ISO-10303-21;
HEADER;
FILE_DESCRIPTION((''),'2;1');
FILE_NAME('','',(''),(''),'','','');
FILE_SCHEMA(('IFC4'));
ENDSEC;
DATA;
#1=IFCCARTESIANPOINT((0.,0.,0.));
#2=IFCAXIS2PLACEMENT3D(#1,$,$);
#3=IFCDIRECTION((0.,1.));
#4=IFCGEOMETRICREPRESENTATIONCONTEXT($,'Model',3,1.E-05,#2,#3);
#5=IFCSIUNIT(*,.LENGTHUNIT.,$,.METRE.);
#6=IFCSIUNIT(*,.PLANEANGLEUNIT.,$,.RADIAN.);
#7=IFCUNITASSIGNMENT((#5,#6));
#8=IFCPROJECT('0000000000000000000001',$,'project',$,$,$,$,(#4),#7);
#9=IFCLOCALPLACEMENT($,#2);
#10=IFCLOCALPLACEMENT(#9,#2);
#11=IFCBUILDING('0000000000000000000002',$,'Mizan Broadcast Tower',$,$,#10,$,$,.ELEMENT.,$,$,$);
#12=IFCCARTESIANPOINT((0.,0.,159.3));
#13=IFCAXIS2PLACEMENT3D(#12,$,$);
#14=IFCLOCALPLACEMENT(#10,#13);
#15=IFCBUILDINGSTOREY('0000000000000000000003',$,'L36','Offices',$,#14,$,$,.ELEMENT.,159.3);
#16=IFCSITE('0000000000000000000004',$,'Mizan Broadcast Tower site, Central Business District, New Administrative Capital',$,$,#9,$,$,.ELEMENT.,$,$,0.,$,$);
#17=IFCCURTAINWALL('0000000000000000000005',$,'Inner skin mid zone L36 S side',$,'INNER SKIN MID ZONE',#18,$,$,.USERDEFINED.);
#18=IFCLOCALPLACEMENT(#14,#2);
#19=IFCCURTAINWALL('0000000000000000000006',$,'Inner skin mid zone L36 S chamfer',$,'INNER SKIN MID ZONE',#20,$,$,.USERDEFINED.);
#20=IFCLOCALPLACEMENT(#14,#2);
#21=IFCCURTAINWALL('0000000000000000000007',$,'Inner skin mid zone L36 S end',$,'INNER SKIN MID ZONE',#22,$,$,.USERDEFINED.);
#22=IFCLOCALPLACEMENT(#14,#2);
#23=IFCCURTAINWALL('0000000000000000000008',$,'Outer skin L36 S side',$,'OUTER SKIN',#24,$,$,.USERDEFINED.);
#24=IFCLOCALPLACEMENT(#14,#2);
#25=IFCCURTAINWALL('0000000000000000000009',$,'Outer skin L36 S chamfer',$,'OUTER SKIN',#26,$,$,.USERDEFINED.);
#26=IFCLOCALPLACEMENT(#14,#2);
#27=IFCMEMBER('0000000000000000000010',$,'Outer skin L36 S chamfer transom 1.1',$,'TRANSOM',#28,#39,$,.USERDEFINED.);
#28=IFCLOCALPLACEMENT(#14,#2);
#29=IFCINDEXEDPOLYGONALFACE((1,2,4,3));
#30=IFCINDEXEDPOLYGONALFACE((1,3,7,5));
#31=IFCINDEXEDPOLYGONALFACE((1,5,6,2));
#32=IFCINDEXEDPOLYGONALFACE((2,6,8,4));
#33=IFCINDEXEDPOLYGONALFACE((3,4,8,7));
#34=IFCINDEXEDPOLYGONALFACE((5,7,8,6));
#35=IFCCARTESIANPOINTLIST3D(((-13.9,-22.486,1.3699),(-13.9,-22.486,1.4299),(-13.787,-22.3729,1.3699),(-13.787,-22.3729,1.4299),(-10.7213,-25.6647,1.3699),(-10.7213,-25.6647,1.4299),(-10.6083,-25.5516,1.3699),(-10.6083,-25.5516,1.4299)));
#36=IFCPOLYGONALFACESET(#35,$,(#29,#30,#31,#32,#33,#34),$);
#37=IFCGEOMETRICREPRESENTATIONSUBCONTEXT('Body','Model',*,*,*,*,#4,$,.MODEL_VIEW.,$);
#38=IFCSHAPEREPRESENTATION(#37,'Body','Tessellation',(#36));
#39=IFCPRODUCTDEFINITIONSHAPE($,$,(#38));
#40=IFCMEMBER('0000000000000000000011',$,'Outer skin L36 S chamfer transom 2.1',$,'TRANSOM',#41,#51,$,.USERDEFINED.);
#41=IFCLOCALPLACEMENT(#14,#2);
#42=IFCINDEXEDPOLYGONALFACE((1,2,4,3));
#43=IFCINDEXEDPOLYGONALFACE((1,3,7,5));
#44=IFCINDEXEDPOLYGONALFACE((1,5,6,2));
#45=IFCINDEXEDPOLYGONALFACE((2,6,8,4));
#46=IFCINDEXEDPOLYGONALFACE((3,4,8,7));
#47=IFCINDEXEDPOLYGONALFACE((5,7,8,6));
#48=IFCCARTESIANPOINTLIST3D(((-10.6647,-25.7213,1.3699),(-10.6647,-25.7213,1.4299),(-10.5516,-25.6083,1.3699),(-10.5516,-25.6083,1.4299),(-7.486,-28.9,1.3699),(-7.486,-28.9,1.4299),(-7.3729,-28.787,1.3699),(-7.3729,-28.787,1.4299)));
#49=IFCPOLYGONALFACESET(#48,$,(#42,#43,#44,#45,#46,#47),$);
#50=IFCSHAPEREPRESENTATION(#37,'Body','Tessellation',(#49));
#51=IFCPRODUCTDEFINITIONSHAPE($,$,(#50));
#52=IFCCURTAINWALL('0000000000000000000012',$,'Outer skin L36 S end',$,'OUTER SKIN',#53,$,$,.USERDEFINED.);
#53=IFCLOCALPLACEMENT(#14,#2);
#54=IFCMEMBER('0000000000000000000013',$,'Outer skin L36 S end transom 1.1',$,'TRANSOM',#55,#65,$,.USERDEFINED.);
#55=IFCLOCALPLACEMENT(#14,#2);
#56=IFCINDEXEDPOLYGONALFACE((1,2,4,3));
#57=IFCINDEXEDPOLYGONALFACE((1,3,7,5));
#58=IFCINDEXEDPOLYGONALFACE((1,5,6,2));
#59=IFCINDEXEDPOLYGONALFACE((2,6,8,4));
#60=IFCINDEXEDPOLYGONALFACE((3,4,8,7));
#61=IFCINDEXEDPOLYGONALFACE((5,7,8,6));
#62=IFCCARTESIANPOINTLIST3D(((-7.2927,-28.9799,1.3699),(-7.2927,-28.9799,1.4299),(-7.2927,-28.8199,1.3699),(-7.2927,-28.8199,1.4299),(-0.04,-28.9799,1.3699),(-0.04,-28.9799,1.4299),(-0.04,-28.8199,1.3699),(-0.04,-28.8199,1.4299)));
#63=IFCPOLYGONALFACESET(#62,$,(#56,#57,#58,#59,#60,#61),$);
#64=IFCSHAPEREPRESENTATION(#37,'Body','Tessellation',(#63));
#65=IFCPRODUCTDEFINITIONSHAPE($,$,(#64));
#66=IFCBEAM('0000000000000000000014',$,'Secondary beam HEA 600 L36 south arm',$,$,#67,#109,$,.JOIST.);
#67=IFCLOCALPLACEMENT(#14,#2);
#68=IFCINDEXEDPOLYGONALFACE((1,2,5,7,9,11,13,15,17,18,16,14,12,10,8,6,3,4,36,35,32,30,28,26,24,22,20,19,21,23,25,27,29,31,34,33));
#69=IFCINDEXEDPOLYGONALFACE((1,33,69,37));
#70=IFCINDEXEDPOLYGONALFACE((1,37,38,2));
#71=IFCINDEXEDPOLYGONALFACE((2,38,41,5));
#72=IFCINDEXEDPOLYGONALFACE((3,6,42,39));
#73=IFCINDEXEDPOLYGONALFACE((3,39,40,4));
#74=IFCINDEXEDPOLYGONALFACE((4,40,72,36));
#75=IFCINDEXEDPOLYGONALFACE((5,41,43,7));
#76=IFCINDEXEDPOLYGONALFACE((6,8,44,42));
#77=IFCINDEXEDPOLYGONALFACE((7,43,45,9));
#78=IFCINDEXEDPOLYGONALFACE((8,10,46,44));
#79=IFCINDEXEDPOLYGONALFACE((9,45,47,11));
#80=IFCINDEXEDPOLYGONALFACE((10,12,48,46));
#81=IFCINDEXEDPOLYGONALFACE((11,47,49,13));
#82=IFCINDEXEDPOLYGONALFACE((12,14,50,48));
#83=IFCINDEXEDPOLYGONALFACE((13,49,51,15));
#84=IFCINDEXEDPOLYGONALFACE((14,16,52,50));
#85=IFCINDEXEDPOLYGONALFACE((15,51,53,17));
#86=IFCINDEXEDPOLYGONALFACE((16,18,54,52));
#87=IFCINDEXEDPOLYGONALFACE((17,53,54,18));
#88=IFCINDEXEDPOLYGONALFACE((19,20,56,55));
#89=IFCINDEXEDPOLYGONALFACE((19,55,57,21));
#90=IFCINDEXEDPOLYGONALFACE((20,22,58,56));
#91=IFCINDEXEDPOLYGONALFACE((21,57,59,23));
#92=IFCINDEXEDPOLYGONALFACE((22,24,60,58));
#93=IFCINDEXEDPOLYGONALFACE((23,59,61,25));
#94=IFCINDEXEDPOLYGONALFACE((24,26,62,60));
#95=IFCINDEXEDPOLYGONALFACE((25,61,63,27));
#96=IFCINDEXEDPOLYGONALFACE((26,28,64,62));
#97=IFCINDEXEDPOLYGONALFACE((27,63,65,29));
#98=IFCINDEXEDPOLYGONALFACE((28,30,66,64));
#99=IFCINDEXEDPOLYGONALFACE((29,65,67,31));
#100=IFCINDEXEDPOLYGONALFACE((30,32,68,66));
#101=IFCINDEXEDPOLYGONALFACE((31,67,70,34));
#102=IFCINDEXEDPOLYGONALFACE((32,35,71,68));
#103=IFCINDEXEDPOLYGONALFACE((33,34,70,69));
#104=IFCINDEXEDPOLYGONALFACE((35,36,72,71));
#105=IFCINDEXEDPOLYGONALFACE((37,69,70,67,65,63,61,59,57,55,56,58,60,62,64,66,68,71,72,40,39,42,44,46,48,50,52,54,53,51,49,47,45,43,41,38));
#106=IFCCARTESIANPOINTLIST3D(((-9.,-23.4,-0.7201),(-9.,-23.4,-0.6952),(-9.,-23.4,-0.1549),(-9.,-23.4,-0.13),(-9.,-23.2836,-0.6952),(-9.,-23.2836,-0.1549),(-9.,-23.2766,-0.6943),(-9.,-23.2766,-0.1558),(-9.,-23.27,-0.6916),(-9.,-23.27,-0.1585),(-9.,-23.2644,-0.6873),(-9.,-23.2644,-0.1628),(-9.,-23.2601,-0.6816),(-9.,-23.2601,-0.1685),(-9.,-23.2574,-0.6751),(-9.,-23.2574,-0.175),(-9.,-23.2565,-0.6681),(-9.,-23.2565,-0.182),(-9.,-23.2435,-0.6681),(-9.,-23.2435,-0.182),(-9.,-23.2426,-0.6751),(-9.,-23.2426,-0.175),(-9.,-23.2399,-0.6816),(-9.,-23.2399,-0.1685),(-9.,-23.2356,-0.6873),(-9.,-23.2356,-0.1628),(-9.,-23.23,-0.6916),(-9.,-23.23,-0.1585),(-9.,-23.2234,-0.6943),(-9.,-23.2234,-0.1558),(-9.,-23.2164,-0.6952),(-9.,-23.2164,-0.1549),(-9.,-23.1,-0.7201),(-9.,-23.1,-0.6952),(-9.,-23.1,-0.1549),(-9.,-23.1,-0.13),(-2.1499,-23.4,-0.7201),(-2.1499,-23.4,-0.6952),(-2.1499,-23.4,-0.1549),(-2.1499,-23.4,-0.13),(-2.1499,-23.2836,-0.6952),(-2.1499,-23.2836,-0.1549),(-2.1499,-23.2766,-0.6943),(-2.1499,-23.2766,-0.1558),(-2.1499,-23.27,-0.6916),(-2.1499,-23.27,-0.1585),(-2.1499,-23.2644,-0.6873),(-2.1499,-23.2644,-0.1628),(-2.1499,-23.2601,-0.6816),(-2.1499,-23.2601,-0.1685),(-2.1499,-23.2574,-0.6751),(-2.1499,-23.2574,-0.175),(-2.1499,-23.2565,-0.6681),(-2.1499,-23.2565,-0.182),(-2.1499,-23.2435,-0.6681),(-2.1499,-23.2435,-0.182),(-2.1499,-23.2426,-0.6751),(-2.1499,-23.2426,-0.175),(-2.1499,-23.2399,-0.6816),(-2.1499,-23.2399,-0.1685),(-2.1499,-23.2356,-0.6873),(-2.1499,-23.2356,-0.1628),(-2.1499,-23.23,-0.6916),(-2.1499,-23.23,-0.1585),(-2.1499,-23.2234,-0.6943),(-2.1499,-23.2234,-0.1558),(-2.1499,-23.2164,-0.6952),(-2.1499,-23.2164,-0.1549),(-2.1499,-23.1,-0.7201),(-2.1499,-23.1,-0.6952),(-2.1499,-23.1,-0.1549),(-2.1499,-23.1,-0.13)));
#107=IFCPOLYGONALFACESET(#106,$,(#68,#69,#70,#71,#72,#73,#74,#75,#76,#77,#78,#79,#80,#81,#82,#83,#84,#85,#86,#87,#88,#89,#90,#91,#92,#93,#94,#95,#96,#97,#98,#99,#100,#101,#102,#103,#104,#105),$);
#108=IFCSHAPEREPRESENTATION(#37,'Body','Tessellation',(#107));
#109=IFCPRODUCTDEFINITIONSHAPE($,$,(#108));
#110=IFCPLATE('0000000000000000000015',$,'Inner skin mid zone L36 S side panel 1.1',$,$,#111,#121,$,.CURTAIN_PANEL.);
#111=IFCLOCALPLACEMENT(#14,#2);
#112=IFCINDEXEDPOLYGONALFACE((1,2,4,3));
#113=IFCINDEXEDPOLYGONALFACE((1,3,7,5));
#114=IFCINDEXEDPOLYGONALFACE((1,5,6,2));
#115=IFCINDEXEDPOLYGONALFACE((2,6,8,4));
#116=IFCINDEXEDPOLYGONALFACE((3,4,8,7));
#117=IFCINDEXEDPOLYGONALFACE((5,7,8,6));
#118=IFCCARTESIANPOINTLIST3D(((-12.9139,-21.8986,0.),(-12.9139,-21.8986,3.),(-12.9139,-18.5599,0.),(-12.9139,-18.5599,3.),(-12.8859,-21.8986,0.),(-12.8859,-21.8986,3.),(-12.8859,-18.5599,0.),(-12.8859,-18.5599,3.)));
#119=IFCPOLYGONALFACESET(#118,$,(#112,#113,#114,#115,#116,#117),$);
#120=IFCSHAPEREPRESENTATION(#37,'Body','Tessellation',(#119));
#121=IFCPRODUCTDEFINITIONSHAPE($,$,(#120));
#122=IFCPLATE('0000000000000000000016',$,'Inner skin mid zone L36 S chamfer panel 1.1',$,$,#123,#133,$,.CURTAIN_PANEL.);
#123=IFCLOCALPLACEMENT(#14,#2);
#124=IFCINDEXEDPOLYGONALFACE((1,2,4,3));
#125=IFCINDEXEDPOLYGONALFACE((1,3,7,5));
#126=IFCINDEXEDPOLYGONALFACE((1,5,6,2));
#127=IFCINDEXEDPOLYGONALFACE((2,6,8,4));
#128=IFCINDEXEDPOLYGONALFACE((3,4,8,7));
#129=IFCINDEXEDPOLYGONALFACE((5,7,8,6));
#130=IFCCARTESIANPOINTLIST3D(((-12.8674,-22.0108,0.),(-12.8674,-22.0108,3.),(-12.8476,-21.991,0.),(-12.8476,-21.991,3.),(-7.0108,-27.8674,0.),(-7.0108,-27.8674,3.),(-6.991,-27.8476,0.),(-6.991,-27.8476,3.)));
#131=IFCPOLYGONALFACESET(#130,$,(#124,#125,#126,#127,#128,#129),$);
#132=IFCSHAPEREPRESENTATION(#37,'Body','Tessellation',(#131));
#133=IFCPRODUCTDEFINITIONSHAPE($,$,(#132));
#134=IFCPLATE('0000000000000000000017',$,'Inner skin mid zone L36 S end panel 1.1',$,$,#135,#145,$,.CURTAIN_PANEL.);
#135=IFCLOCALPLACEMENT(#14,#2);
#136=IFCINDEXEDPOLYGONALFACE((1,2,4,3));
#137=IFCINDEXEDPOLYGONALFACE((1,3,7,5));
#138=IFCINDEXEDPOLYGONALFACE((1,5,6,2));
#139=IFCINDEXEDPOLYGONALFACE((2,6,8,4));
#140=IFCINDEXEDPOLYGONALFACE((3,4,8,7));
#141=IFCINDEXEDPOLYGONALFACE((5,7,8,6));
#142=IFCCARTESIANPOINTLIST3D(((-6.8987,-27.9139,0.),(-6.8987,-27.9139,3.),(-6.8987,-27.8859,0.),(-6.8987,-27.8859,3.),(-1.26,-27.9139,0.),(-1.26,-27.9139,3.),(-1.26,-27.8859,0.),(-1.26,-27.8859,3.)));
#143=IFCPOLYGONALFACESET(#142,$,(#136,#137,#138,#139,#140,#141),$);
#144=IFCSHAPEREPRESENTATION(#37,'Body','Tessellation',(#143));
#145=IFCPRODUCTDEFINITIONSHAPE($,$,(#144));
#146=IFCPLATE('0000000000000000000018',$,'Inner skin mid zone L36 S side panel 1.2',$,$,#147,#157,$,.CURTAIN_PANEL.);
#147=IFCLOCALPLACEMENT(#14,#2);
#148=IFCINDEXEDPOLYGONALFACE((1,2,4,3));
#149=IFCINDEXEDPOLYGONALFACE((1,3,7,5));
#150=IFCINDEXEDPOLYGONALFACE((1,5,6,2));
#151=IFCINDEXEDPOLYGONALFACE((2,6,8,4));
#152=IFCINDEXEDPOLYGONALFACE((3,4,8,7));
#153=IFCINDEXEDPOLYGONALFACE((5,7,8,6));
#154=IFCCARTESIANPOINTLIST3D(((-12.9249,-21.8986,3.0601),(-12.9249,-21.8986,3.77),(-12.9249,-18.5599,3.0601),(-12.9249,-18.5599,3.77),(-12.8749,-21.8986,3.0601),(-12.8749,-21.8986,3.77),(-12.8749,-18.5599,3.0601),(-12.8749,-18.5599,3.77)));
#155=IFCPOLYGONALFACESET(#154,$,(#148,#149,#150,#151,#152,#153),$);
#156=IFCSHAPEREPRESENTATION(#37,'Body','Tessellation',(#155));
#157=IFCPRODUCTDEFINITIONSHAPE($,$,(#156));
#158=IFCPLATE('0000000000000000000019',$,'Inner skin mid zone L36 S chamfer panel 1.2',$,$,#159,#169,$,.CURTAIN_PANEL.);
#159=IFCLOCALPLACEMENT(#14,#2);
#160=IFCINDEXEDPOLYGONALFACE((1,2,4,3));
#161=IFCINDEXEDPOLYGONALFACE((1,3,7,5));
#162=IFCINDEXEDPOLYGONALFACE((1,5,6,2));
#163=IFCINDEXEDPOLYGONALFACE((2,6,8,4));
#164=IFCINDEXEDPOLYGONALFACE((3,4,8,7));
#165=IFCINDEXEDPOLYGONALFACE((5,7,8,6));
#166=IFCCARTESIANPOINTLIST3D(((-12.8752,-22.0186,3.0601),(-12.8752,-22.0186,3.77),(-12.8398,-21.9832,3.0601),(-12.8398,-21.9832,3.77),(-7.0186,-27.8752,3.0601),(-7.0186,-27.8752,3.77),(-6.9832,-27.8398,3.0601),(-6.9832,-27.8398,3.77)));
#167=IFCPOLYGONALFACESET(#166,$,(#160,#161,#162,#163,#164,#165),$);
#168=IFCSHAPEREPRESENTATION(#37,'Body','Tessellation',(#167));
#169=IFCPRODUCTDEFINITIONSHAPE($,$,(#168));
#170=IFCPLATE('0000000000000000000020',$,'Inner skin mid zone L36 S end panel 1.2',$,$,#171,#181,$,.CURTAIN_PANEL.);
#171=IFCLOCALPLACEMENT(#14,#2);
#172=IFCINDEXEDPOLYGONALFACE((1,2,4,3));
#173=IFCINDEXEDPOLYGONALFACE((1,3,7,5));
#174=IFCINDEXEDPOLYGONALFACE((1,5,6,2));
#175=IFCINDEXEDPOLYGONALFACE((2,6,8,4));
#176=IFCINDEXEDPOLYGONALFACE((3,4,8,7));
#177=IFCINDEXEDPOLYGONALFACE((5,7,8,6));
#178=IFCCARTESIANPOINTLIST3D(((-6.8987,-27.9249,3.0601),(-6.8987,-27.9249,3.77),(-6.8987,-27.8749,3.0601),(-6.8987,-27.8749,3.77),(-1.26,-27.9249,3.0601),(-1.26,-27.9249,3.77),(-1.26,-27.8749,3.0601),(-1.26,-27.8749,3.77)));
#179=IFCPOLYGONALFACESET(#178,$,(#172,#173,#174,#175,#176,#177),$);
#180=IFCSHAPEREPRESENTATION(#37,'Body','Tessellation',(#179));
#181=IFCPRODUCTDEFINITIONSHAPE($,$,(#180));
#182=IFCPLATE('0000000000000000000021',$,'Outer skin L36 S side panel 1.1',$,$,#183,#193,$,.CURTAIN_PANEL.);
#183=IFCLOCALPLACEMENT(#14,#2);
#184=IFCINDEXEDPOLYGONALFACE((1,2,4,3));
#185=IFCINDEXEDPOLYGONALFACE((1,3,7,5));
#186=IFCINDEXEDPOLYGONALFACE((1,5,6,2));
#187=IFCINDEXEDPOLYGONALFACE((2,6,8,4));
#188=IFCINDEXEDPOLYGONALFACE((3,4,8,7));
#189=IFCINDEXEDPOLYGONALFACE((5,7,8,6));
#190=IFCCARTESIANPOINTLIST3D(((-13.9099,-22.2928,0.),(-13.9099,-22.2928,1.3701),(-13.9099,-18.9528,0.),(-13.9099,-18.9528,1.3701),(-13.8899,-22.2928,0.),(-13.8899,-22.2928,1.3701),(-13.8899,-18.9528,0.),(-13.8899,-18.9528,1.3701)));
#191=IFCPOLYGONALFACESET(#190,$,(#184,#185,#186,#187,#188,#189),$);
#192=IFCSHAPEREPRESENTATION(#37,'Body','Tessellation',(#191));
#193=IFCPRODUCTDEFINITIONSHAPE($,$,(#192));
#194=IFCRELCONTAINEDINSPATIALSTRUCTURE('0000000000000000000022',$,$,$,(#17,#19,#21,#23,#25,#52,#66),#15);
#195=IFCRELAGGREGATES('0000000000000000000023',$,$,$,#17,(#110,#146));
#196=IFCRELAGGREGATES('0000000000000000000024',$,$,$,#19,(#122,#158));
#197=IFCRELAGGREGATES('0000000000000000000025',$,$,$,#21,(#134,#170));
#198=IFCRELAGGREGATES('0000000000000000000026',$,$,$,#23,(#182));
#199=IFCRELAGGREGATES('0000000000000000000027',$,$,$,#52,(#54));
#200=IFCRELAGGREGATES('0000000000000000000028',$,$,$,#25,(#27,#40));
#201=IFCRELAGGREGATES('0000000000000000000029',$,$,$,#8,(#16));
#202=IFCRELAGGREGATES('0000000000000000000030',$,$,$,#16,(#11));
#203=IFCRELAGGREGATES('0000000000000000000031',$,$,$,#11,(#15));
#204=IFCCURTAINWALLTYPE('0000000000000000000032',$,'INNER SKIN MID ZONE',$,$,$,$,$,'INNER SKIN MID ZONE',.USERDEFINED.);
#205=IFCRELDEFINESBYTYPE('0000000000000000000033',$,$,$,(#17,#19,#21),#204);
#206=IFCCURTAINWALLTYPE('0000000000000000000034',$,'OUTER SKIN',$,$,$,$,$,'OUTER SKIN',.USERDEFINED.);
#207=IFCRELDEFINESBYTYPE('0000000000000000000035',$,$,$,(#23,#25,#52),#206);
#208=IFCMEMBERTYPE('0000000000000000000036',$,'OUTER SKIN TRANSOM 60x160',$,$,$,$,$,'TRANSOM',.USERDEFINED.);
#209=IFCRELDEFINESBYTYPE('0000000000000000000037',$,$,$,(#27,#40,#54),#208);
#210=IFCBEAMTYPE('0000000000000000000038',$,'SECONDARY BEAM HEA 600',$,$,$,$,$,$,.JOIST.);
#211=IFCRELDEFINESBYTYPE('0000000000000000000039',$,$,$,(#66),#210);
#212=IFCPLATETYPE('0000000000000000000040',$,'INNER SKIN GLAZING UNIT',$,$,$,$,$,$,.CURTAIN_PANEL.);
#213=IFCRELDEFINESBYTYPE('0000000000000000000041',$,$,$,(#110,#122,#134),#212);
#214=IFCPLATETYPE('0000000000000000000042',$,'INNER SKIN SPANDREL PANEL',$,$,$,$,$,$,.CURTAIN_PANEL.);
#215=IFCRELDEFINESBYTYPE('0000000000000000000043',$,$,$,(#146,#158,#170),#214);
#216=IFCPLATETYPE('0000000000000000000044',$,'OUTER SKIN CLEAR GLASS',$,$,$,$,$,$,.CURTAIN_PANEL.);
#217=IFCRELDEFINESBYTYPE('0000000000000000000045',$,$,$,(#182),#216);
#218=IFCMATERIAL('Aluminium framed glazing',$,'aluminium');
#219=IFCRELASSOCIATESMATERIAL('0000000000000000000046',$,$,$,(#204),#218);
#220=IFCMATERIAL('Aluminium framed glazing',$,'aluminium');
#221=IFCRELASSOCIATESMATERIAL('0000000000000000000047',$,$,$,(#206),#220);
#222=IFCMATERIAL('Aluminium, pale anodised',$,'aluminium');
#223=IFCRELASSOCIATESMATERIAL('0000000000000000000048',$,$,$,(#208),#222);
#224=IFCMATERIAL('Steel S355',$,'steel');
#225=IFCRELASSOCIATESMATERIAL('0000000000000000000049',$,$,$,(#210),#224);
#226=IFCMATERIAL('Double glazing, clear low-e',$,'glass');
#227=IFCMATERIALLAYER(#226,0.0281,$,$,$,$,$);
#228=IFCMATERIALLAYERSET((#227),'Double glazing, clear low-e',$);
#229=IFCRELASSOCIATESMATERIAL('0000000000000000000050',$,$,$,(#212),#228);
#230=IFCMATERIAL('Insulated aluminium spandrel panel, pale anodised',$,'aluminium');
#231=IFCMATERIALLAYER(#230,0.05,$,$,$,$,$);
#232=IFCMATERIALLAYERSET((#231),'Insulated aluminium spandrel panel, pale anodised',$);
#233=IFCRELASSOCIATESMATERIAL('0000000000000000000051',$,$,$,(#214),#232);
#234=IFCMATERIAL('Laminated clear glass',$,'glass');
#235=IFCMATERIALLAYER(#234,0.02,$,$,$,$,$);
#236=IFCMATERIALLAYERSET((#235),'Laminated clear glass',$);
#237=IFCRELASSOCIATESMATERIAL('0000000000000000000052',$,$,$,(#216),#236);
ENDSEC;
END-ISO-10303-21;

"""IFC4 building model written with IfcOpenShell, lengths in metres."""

from ifc_helpers import new_model, si_unit, direction, frame, origin, origin_2d, place, context, subcontext, project, spatial, rectangle, i_section, extrude, material, layer, layer_set, material_profile, profile_set, type_object, element, aggregate, save


model = new_model("IFC4")

# Units and contexts
model_context = context("Model", 3, precision=1e-05, world=origin(), true_north=direction((0.0, 1.0)))
body_context = subcontext(model_context, "Body", "Model", "MODEL_VIEW")
ifc_project = project(units=[si_unit("LENGTHUNIT", "METRE"), si_unit("PLANEANGLEUNIT", "RADIAN")], contexts=[model_context])

# Site, building, storey
site_placement = place(None, origin())
site = spatial("IfcSite", under=ifc_project, at=site_placement, Name="Mizan Broadcast Tower site, Central Business District, New Administrative Capital", CompositionType="ELEMENT", RefElevation=0.0)
building_placement = place(site_placement, origin())
building = spatial("IfcBuilding", under=site, at=building_placement, Name="Mizan Broadcast Tower", CompositionType="ELEMENT")
storey_placement = place(building_placement, frame((0.0, 0.0, 159.3)))
storey = spatial("IfcBuildingStorey", under=building, at=storey_placement, Name="L36", Description="Offices", CompositionType="ELEMENT", Elevation=159.3)

# Curtain walls
ifc_material_1 = material(Name="Aluminium framed glazing", Category="aluminium")
curtain_wall_type_1 = type_object("IfcCurtainWallType", Name="INNER SKIN MID ZONE", ElementType="INNER SKIN MID ZONE", PredefinedType="USERDEFINED", material=ifc_material_1)
curtain_wall_1_placement = place(storey_placement, origin())
curtain_wall_1 = element("IfcCurtainWall", 1, at=curtain_wall_1_placement, inside=storey, type_object=curtain_wall_type_1, Name="Inner skin mid zone L36 S side", ObjectType="INNER SKIN MID ZONE", PredefinedType="USERDEFINED")
curtain_wall_2_placement = place(storey_placement, origin())
curtain_wall_2 = element("IfcCurtainWall", 2, at=curtain_wall_2_placement, inside=storey, type_object=curtain_wall_type_1, Name="Inner skin mid zone L36 S chamfer", ObjectType="INNER SKIN MID ZONE", PredefinedType="USERDEFINED")
curtain_wall_3_placement = place(storey_placement, origin())
curtain_wall_3 = element("IfcCurtainWall", 3, at=curtain_wall_3_placement, inside=storey, type_object=curtain_wall_type_1, Name="Inner skin mid zone L36 S end", ObjectType="INNER SKIN MID ZONE", PredefinedType="USERDEFINED")

# Curtain wall
ifc_material_2 = material(Name="Aluminium framed glazing", Category="aluminium")
curtain_wall_type_2 = type_object("IfcCurtainWallType", Name="OUTER SKIN", ElementType="OUTER SKIN", PredefinedType="USERDEFINED", material=ifc_material_2)
curtain_wall_4_placement = place(storey_placement, origin())
curtain_wall_4 = element("IfcCurtainWall", 4, at=curtain_wall_4_placement, inside=storey, type_object=curtain_wall_type_2, Name="Outer skin L36 S side", ObjectType="OUTER SKIN", PredefinedType="USERDEFINED")

# Curtain wall, members
curtain_wall_5_placement = place(storey_placement, origin())
curtain_wall_5 = element("IfcCurtainWall", 5, at=curtain_wall_5_placement, inside=storey, type_object=curtain_wall_type_2, Name="Outer skin L36 S chamfer", ObjectType="OUTER SKIN", PredefinedType="USERDEFINED")
ifc_material_3 = material(Name="Aluminium, pale anodised", Category="aluminium")
ifc_material_profile_1 = material_profile(ifc_material_3, rectangle(XDim=0.1599, YDim=0.0601, at=origin_2d()), Name="TRANSOM 160x60")
ifc_profile_set_1 = profile_set([ifc_material_profile_1], Name="Aluminium, pale anodised")
member_type_1 = type_object("IfcMemberType", Name="OUTER SKIN TRANSOM 60x160", ElementType="TRANSOM", PredefinedType="USERDEFINED", material=ifc_profile_set_1)
member_1_placement = place(storey_placement, frame((-13.8435, -22.4294, 1.3999), z_axis=(0.707107, -0.707107, 0.0), x_axis=(0.707107, 0.707107, 0.0)))
member_1 = element("IfcMember", 6, at=member_1_placement, type_object=member_type_1, Name="Outer skin L36 S chamfer transom 1.1", ObjectType="TRANSOM", PredefinedType="USERDEFINED", context=body_context, shape_type="SweptSolid", body=[
    extrude(rectangle(XDim=0.1599, YDim=0.0601, at=origin_2d()), origin(), (0.0, 0.0, 1.0), 4.4954),
])
member_2_placement = place(storey_placement, frame((-10.6082, -25.6648, 1.3999), z_axis=(0.707107, -0.707107, 0.0), x_axis=(0.707107, 0.707107, 0.0)))
member_2 = element("IfcMember", 7, at=member_2_placement, type_object=member_type_1, Name="Outer skin L36 S chamfer transom 2.1", ObjectType="TRANSOM", PredefinedType="USERDEFINED", context=body_context, shape_type="SweptSolid", body=[
    extrude(rectangle(XDim=0.1599, YDim=0.0601, at=origin_2d()), origin(), (0.0, 0.0, 1.0), 4.4954),
])

# Curtain wall, member
curtain_wall_6_placement = place(storey_placement, origin())
curtain_wall_6 = element("IfcCurtainWall", 8, at=curtain_wall_6_placement, inside=storey, type_object=curtain_wall_type_2, Name="Outer skin L36 S end", ObjectType="OUTER SKIN", PredefinedType="USERDEFINED")
member_3_placement = place(storey_placement, frame((-7.2927, -28.8999, 1.3999), z_axis=(1.0, 0.0, 0.0), x_axis=(0.0, 1.0, 0.0)))
member_3 = element("IfcMember", 9, at=member_3_placement, type_object=member_type_1, Name="Outer skin L36 S end transom 1.1", ObjectType="TRANSOM", PredefinedType="USERDEFINED", context=body_context, shape_type="SweptSolid", body=[
    extrude(rectangle(XDim=0.1599, YDim=0.0601, at=origin_2d()), origin(), (0.0, 0.0, 1.0), 7.2527),
])

# Beam
ifc_material_4 = material(Name="Steel S355", Category="steel")
ifc_material_profile_2 = material_profile(ifc_material_4, i_section(OverallWidth=0.3, OverallDepth=0.5901, WebThickness=0.0129, FlangeThickness=0.0249, FilletRadius=0.0271, at=origin_2d()), Name="HEA 600")
ifc_profile_set_2 = profile_set([ifc_material_profile_2], Name="Steel S355")
beam_type_1 = type_object("IfcBeamType", Name="SECONDARY BEAM HEA 600", PredefinedType="JOIST", material=ifc_profile_set_2)
beam_1_placement = place(storey_placement, frame((-9.0, -23.25, -0.425), z_axis=(1.0, 0.0, 0.0), x_axis=(0.0, 1.0, 0.0)))
element("IfcBeam", 10, at=beam_1_placement, inside=storey, type_object=beam_type_1, Name="Secondary beam HEA 600 L36 south arm", PredefinedType="JOIST", context=body_context, shape_type="SweptSolid", body=[
    extrude(i_section(OverallWidth=0.3, OverallDepth=0.5901, WebThickness=0.0129, FlangeThickness=0.0249, FilletRadius=0.0271, at=origin_2d()), origin(), (0.0, 0.0, 1.0), 6.8501),
])

# Plates
ifc_material_5 = material(Name="Double glazing, clear low-e", Category="glass")
ifc_layer_1 = layer(ifc_material_5, 0.0281)
ifc_layer_set_1 = layer_set([ifc_layer_1], Name="Double glazing, clear low-e")
plate_type_1 = type_object("IfcPlateType", Name="INNER SKIN GLAZING UNIT", PredefinedType="CURTAIN_PANEL", material=ifc_layer_set_1)
plate_1_placement = place(storey_placement, frame((-12.8999, -20.2292, 0.0), z_axis=(0.0, 0.0, 1.0), x_axis=(0.0, -1.0, 0.0)))
plate_1 = element("IfcPlate", 11, at=plate_1_placement, type_object=plate_type_1, Name="Inner skin mid zone L36 S side panel 1.1", PredefinedType="CURTAIN_PANEL", context=body_context, shape_type="SweptSolid", body=[
    extrude(rectangle(XDim=3.3386, YDim=0.0281, at=origin_2d()), origin(), (0.0, 0.0, 1.0), 3.0),
])
plate_2_placement = place(storey_placement, frame((-9.9292, -24.9292, 0.0), z_axis=(0.0, 0.0, 1.0), x_axis=(0.707107, -0.707107, 0.0)))
plate_2 = element("IfcPlate", 12, at=plate_2_placement, type_object=plate_type_1, Name="Inner skin mid zone L36 S chamfer panel 1.1", PredefinedType="CURTAIN_PANEL", context=body_context, shape_type="SweptSolid", body=[
    extrude(rectangle(XDim=8.2825, YDim=0.0281, at=origin_2d()), origin(), (0.0, 0.0, 1.0), 3.0),
])
plate_3_placement = place(storey_placement, frame((-4.0793, -27.8999, 0.0), z_axis=(0.0, 0.0, 1.0), x_axis=(1.0, 0.0, 0.0)))
plate_3 = element("IfcPlate", 13, at=plate_3_placement, type_object=plate_type_1, Name="Inner skin mid zone L36 S end panel 1.1", PredefinedType="CURTAIN_PANEL", context=body_context, shape_type="SweptSolid", body=[
    extrude(rectangle(XDim=5.6387, YDim=0.0281, at=origin_2d()), origin(), (0.0, 0.0, 1.0), 3.0),
])
ifc_material_6 = material(Name="Insulated aluminium spandrel panel, pale anodised", Category="aluminium")
ifc_layer_2 = layer(ifc_material_6, 0.05)
ifc_layer_set_2 = layer_set([ifc_layer_2], Name="Insulated aluminium spandrel panel, pale anodised")
plate_type_2 = type_object("IfcPlateType", Name="INNER SKIN SPANDREL PANEL", PredefinedType="CURTAIN_PANEL", material=ifc_layer_set_2)
plate_4_placement = place(storey_placement, frame((-12.8999, -20.2292, 3.0601), z_axis=(0.0, 0.0, 1.0), x_axis=(0.0, -1.0, 0.0)))
plate_4 = element("IfcPlate", 14, at=plate_4_placement, type_object=plate_type_2, Name="Inner skin mid zone L36 S side panel 1.2", PredefinedType="CURTAIN_PANEL", context=body_context, shape_type="SweptSolid", body=[
    extrude(rectangle(XDim=3.3386, YDim=0.05, at=origin_2d()), origin(), (0.0, 0.0, 1.0), 0.71),
])
aggregate(curtain_wall_1, [plate_1, plate_4])
plate_5_placement = place(storey_placement, frame((-9.9292, -24.9292, 3.0601), z_axis=(0.0, 0.0, 1.0), x_axis=(0.707107, -0.707107, 0.0)))
plate_5 = element("IfcPlate", 15, at=plate_5_placement, type_object=plate_type_2, Name="Inner skin mid zone L36 S chamfer panel 1.2", PredefinedType="CURTAIN_PANEL", context=body_context, shape_type="SweptSolid", body=[
    extrude(rectangle(XDim=8.2825, YDim=0.05, at=origin_2d()), origin(), (0.0, 0.0, 1.0), 0.71),
])
aggregate(curtain_wall_2, [plate_2, plate_5])
plate_6_placement = place(storey_placement, frame((-4.0793, -27.8999, 3.0601), z_axis=(0.0, 0.0, 1.0), x_axis=(1.0, 0.0, 0.0)))
plate_6 = element("IfcPlate", 16, at=plate_6_placement, type_object=plate_type_2, Name="Inner skin mid zone L36 S end panel 1.2", PredefinedType="CURTAIN_PANEL", context=body_context, shape_type="SweptSolid", body=[
    extrude(rectangle(XDim=5.6387, YDim=0.05, at=origin_2d()), origin(), (0.0, 0.0, 1.0), 0.71),
])
aggregate(curtain_wall_3, [plate_3, plate_6])
ifc_material_7 = material(Name="Laminated clear glass", Category="glass")
ifc_layer_3 = layer(ifc_material_7, 0.02)
ifc_layer_set_3 = layer_set([ifc_layer_3], Name="Laminated clear glass")
plate_type_3 = type_object("IfcPlateType", Name="OUTER SKIN CLEAR GLASS", PredefinedType="CURTAIN_PANEL", material=ifc_layer_set_3)
plate_7_placement = place(storey_placement, frame((-13.8999, -20.6228, 0.0), z_axis=(0.0, 0.0, 1.0), x_axis=(0.0, -1.0, 0.0)))
plate_7 = element("IfcPlate", 17, at=plate_7_placement, type_object=plate_type_3, Name="Outer skin L36 S side panel 1.1", PredefinedType="CURTAIN_PANEL", context=body_context, shape_type="SweptSolid", body=[
    extrude(rectangle(XDim=3.3401, YDim=0.02, at=origin_2d()), origin(), (0.0, 0.0, 1.0), 1.3701),
])
aggregate(curtain_wall_4, [plate_7])
aggregate(curtain_wall_6, [member_3])
aggregate(curtain_wall_5, [member_1, member_2])

save(model, "model.ifc")
